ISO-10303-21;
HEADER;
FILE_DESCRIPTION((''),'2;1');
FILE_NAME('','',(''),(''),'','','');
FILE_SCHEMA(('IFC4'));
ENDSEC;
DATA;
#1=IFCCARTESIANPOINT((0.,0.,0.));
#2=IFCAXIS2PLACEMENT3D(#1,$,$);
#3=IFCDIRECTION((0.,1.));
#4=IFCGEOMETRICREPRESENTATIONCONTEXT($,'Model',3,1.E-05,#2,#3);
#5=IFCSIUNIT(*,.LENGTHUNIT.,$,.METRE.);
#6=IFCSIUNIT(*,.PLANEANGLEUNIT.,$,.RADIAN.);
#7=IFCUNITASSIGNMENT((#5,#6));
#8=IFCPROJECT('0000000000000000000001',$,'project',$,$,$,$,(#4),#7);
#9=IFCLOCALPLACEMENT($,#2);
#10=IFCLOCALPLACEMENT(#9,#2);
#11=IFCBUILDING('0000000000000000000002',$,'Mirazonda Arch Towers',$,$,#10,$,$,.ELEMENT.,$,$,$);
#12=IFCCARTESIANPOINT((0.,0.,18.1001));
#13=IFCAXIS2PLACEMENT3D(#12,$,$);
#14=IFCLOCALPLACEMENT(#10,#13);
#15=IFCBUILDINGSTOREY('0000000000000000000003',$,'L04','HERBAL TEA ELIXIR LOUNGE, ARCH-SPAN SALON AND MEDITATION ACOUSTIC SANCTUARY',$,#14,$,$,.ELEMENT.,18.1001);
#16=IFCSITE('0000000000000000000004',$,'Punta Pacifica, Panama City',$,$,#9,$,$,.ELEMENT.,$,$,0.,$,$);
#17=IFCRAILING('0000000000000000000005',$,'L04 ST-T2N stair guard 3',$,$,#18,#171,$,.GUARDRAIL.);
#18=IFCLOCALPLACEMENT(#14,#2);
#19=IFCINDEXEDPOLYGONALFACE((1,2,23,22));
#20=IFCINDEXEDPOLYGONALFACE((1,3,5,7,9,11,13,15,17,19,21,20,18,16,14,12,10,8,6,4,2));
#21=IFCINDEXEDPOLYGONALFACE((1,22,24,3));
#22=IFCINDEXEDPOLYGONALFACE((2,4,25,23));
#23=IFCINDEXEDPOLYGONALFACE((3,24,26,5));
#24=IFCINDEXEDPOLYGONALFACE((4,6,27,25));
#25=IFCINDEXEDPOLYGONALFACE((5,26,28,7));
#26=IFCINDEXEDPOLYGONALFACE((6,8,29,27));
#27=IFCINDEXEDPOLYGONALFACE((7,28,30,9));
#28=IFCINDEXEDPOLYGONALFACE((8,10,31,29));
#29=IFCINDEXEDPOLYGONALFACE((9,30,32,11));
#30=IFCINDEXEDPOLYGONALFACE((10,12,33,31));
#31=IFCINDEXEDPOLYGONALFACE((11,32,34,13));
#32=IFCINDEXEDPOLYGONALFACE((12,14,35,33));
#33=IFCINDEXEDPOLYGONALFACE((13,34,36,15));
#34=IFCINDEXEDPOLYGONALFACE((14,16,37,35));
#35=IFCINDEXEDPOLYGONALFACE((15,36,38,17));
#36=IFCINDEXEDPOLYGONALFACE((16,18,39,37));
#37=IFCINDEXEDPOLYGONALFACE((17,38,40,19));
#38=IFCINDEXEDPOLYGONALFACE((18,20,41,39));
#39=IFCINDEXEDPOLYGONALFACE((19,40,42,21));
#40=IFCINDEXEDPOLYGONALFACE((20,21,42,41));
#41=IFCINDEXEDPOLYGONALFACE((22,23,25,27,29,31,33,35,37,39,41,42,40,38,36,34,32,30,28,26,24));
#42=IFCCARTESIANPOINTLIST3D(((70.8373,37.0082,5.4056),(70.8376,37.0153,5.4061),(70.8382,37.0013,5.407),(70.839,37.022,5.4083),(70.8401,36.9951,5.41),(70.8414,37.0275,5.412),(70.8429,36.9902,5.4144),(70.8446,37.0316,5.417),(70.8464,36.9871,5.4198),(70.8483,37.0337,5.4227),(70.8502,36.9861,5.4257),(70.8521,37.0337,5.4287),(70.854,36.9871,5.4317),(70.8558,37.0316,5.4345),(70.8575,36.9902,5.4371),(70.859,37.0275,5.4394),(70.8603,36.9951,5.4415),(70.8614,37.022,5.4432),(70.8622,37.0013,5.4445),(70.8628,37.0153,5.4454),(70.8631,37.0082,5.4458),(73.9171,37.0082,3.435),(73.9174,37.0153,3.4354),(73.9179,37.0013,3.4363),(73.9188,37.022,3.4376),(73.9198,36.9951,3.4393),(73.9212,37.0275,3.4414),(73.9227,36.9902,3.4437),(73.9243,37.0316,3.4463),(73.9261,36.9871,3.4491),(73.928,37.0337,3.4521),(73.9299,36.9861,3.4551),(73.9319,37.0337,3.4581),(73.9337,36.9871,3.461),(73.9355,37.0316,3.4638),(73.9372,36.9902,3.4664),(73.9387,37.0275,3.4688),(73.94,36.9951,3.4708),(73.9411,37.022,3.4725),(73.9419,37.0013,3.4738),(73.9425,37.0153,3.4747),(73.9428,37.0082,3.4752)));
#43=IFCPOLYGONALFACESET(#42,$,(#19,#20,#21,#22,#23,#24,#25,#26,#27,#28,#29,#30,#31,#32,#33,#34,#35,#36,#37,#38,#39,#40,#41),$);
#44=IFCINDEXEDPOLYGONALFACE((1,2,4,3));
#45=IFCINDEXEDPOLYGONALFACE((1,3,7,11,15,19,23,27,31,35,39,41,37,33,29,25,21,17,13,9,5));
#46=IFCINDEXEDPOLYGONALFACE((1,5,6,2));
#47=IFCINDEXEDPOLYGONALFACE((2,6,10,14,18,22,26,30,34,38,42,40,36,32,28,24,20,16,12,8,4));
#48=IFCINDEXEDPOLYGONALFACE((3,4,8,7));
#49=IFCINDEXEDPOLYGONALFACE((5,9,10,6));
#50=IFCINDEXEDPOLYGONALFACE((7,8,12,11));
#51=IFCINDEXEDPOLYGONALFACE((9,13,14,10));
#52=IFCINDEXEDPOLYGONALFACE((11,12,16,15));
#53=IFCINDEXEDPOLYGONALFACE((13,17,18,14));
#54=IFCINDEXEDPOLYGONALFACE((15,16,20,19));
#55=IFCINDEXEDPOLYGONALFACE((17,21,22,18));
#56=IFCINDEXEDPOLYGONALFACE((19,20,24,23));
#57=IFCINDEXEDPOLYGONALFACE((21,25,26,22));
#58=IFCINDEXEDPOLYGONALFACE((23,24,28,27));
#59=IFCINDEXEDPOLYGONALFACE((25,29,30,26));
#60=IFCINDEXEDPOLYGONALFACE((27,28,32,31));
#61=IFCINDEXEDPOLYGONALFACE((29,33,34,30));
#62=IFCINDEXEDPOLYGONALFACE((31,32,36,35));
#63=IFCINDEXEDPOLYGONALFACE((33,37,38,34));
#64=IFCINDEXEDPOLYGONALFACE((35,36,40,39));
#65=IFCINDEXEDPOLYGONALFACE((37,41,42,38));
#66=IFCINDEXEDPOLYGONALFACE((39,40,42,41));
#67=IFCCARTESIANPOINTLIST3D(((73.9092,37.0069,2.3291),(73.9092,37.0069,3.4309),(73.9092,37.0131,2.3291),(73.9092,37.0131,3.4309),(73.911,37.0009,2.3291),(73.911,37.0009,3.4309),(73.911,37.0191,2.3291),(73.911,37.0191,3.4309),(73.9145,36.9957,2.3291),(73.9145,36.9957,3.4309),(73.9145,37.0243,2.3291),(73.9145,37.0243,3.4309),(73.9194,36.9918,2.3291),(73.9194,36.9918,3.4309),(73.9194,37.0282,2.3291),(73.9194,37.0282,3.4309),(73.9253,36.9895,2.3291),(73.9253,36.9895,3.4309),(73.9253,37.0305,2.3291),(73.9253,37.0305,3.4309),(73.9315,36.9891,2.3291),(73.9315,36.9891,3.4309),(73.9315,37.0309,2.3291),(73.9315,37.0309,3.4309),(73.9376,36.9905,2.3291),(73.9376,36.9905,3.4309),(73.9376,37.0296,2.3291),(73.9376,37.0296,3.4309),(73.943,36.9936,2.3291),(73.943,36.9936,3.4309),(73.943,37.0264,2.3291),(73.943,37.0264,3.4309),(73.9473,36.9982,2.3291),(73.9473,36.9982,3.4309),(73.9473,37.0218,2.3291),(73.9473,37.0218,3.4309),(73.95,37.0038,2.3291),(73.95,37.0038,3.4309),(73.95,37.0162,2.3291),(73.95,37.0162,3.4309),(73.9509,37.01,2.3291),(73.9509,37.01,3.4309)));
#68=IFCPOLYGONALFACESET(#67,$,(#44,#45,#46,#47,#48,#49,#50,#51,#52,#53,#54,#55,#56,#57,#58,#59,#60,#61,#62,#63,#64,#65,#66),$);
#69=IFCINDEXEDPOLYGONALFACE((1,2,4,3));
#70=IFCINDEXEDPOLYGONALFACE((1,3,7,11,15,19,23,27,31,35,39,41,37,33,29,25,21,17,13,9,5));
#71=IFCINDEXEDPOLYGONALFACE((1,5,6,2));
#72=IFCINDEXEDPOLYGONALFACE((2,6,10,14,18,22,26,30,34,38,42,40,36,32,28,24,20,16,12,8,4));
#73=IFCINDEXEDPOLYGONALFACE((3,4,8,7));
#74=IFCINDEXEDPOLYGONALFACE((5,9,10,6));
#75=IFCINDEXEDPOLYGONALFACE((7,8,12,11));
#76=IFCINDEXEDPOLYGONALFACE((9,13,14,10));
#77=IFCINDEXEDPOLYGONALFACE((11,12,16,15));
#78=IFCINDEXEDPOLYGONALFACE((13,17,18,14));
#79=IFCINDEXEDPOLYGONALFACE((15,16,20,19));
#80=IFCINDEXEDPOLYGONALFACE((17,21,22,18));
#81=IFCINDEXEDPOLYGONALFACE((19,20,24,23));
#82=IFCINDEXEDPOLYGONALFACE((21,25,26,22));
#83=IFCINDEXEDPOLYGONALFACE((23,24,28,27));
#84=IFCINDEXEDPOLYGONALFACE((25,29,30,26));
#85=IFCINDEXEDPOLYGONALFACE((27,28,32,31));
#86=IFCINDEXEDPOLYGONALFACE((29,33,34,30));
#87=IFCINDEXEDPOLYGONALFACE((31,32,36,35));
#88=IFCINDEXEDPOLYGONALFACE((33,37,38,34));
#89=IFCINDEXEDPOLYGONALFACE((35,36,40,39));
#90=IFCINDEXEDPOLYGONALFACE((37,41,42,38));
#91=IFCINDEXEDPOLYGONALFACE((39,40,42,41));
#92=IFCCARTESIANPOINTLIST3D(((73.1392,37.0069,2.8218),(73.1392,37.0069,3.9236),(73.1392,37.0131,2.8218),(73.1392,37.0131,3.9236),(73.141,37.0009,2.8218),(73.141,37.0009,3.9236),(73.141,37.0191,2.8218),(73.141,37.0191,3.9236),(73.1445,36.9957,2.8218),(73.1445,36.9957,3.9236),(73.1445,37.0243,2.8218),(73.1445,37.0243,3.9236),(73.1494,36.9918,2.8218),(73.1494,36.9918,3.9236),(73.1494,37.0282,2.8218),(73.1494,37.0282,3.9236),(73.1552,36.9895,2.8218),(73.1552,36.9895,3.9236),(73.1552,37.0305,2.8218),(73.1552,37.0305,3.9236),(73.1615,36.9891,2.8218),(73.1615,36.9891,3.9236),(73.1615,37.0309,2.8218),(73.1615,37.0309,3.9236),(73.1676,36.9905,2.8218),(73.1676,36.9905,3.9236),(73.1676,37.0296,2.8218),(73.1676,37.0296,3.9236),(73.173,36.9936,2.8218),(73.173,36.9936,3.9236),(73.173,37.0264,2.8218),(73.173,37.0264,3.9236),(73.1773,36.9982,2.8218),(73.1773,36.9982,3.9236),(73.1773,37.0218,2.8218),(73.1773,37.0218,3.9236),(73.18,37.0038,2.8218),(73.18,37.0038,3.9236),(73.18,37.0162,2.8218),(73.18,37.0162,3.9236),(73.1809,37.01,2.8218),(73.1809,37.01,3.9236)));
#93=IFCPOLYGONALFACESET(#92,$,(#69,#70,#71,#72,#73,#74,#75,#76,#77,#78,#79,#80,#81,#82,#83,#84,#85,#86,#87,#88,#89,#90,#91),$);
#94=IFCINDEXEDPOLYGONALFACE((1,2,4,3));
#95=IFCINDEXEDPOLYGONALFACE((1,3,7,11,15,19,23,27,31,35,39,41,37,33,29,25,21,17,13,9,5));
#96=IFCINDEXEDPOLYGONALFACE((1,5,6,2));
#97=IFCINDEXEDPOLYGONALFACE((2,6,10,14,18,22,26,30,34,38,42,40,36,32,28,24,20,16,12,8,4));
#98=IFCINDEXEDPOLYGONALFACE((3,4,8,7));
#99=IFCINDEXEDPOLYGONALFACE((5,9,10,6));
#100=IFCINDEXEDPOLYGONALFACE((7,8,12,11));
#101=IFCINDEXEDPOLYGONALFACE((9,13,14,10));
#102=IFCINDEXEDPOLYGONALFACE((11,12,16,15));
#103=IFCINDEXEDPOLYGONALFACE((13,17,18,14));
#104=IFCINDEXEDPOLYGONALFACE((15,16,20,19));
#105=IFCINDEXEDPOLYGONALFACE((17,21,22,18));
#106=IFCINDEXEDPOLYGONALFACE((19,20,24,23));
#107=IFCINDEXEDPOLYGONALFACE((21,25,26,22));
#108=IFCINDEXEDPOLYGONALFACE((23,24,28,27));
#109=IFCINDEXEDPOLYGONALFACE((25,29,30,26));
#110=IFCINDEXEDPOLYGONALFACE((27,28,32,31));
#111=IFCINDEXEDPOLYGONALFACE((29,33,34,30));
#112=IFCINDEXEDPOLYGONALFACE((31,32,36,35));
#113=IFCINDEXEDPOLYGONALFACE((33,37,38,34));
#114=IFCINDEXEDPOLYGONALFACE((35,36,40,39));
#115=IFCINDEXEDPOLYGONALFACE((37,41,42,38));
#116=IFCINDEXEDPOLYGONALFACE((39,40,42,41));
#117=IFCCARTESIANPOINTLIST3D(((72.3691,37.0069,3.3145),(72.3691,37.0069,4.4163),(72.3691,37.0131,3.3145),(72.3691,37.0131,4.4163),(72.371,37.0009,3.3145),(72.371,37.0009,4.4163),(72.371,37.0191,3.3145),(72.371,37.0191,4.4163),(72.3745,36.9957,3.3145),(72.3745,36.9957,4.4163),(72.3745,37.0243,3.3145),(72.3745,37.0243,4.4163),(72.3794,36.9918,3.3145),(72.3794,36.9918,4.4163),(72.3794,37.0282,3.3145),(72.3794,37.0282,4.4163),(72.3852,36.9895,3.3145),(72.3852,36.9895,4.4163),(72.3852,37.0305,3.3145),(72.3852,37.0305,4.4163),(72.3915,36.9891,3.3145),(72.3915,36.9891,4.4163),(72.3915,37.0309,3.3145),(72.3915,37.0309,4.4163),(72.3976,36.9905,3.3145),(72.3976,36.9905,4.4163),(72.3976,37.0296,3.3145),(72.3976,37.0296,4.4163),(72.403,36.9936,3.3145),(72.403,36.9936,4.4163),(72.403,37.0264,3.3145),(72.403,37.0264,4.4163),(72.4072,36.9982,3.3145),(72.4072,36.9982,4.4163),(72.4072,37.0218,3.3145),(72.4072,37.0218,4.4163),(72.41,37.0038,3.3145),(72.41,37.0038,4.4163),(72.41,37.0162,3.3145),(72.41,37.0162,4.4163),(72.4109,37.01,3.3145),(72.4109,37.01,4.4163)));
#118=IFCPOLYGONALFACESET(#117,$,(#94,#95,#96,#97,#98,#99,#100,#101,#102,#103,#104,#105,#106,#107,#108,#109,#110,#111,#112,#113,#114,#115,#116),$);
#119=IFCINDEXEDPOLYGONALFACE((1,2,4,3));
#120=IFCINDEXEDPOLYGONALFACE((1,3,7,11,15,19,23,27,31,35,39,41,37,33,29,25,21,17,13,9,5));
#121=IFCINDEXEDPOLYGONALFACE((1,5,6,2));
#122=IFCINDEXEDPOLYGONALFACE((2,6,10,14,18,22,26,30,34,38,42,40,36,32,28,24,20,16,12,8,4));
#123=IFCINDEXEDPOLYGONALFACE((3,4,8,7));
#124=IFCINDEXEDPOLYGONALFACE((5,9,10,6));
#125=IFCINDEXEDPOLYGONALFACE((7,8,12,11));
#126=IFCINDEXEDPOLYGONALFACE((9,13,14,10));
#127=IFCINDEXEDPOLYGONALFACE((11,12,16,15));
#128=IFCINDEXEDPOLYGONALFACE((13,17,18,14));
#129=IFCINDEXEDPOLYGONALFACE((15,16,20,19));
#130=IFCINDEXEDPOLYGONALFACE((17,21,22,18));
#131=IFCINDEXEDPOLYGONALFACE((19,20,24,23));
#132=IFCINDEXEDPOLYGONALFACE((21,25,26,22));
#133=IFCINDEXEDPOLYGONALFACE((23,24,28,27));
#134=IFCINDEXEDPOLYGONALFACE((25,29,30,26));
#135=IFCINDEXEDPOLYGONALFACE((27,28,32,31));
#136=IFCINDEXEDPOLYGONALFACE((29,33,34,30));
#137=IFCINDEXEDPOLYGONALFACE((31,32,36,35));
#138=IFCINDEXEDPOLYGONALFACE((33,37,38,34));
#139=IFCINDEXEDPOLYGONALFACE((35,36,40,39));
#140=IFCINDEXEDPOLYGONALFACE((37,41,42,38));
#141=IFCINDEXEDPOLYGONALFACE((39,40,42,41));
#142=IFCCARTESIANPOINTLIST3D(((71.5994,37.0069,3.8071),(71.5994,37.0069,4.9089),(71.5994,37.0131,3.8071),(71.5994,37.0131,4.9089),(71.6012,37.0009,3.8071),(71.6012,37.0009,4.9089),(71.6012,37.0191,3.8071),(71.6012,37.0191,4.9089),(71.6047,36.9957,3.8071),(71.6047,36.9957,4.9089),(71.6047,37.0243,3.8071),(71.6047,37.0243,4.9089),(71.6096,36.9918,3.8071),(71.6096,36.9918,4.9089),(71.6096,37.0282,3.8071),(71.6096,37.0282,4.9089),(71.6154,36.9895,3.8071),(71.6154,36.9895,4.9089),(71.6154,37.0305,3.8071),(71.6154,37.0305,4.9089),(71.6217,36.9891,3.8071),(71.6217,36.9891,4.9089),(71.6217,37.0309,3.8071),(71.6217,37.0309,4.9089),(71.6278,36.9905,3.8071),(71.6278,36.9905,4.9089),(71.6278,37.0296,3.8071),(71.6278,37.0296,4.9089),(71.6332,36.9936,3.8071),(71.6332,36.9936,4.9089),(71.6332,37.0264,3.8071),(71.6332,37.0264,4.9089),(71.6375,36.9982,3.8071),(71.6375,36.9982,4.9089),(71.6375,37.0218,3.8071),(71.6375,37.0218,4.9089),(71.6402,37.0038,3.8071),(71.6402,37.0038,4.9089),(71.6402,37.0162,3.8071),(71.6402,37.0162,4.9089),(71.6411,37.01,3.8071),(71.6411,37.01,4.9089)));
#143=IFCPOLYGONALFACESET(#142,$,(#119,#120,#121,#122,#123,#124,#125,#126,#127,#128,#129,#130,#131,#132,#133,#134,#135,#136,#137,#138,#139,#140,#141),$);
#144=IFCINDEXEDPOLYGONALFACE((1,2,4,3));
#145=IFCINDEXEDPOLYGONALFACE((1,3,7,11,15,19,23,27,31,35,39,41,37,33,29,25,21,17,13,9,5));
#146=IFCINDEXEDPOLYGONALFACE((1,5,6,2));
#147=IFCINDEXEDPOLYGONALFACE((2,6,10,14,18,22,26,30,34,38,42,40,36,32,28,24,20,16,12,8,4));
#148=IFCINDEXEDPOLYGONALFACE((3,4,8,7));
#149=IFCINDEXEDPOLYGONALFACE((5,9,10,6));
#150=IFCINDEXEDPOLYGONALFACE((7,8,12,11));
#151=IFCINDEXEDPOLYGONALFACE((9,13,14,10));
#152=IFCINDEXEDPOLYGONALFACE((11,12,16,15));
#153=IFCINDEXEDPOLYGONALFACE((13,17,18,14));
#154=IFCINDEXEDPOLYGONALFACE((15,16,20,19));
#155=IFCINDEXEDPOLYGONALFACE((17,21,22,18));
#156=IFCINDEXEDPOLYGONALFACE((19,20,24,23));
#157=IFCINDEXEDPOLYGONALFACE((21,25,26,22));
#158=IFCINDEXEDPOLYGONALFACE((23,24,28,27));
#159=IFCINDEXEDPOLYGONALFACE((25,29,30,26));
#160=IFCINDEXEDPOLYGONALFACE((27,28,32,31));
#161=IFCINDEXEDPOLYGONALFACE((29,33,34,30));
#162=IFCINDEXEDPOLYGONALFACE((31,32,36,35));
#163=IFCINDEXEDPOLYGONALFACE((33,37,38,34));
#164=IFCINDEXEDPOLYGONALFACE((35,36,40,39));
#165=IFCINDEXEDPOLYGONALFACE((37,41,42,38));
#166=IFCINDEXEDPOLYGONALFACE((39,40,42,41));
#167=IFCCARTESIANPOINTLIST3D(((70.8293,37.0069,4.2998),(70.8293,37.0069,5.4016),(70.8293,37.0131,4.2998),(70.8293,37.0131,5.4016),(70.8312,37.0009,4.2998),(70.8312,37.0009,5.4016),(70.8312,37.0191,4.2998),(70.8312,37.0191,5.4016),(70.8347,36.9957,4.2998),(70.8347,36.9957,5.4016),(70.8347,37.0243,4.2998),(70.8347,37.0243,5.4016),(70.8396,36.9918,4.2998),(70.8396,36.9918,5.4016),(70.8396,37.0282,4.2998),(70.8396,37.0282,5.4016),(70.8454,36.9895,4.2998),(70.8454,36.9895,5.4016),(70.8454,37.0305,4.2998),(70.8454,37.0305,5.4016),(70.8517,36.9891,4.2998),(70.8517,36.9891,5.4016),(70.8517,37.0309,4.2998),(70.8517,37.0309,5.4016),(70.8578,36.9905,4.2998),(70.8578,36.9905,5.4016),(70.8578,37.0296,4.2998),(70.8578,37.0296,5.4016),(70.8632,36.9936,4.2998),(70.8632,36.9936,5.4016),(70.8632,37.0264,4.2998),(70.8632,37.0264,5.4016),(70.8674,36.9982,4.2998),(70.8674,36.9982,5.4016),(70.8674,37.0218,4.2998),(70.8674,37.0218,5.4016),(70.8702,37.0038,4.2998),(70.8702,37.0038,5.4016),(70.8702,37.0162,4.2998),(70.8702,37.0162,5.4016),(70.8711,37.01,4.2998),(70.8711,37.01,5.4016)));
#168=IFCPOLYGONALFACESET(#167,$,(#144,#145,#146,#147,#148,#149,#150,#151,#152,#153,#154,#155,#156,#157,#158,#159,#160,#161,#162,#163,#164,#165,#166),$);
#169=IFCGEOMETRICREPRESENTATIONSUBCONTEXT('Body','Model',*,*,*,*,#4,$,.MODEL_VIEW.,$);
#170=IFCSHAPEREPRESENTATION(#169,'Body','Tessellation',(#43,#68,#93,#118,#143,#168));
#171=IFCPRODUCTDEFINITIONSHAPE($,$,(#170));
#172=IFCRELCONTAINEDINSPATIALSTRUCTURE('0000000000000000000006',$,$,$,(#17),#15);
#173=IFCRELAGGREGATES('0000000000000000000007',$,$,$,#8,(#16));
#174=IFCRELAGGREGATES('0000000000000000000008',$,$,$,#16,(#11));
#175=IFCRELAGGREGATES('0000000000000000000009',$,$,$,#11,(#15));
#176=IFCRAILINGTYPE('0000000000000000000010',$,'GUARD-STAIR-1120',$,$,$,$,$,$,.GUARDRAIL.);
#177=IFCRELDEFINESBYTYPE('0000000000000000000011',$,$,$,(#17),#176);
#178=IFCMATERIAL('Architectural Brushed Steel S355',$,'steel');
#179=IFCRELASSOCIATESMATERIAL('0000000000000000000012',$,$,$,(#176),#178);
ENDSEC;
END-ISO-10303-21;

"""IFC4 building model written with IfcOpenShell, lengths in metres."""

from ifc_helpers import new_model, si_unit, direction, frame, origin, origin_2d, place, context, subcontext, project, spatial, circle, extrude, material, type_object, element, save


model = new_model("IFC4")

# Units and contexts
model_context = context("Model", 3, precision=1e-05, world=origin(), true_north=direction((0.0, 1.0)))
body_context = subcontext(model_context, "Body", "Model", "MODEL_VIEW")
ifc_project = project(units=[si_unit("LENGTHUNIT", "METRE"), si_unit("PLANEANGLEUNIT", "RADIAN")], contexts=[model_context])

# Site, building, storey
site_placement = place(None, origin())
site = spatial("IfcSite", under=ifc_project, at=site_placement, Name="Punta Pacifica, Panama City", CompositionType="ELEMENT", RefElevation=0.0)
building_placement = place(site_placement, origin())
building = spatial("IfcBuilding", under=site, at=building_placement, Name="Mirazonda Arch Towers", CompositionType="ELEMENT")
storey_placement = place(building_placement, frame((0.0, 0.0, 18.1001)))
storey = spatial("IfcBuildingStorey", under=building, at=storey_placement, Name="L04", Description="HERBAL TEA ELIXIR LOUNGE, ARCH-SPAN SALON AND MEDITATION ACOUSTIC SANCTUARY", CompositionType="ELEMENT", Elevation=18.1001)

# Shared definitions
ifc_material_1 = material(Name="Architectural Brushed Steel S355", Category="steel")

# Railing
railing_type_1 = type_object("IfcRailingType", Name="GUARD-STAIR-1120", PredefinedType="GUARDRAIL", material=ifc_material_1)
railing_1_placement = place(storey_placement, frame((73.9299, 37.01, 2.3291)))
element("IfcRailing", 1, at=railing_1_placement, inside=storey, type_object=railing_type_1, Name="L04 ST-T2N stair guard 3", PredefinedType="GUARDRAIL", context=body_context, shape_type="SweptSolid", body=[
    extrude(circle(Radius=0.0239, at=origin_2d()), frame((0.0, 0.0, 1.126), z_axis=(-0.84232, 0.0, 0.538978), x_axis=(0.0, -1.0, 0.0)), (0.0, 0.0, 1.0), 3.6562),
    extrude(circle(Radius=0.021, at=origin_2d()), origin(), (0.0, 0.0, 1.0), 1.1018),
    extrude(circle(Radius=0.021, at=origin_2d()), frame((-0.77, 0.0, 0.4927)), (0.0, 0.0, 1.0), 1.1018),
    extrude(circle(Radius=0.021, at=origin_2d()), frame((-1.54, 0.0, 0.9854)), (0.0, 0.0, 1.0), 1.1018),
    extrude(circle(Radius=0.021, at=origin_2d()), frame((-2.3098, 0.0, 1.478)), (0.0, 0.0, 1.0), 1.1018),
    extrude(circle(Radius=0.021, at=origin_2d()), frame((-3.0798, 0.0, 1.9707)), (0.0, 0.0, 1.0), 1.1018),
])

save(model, "model.ifc")
